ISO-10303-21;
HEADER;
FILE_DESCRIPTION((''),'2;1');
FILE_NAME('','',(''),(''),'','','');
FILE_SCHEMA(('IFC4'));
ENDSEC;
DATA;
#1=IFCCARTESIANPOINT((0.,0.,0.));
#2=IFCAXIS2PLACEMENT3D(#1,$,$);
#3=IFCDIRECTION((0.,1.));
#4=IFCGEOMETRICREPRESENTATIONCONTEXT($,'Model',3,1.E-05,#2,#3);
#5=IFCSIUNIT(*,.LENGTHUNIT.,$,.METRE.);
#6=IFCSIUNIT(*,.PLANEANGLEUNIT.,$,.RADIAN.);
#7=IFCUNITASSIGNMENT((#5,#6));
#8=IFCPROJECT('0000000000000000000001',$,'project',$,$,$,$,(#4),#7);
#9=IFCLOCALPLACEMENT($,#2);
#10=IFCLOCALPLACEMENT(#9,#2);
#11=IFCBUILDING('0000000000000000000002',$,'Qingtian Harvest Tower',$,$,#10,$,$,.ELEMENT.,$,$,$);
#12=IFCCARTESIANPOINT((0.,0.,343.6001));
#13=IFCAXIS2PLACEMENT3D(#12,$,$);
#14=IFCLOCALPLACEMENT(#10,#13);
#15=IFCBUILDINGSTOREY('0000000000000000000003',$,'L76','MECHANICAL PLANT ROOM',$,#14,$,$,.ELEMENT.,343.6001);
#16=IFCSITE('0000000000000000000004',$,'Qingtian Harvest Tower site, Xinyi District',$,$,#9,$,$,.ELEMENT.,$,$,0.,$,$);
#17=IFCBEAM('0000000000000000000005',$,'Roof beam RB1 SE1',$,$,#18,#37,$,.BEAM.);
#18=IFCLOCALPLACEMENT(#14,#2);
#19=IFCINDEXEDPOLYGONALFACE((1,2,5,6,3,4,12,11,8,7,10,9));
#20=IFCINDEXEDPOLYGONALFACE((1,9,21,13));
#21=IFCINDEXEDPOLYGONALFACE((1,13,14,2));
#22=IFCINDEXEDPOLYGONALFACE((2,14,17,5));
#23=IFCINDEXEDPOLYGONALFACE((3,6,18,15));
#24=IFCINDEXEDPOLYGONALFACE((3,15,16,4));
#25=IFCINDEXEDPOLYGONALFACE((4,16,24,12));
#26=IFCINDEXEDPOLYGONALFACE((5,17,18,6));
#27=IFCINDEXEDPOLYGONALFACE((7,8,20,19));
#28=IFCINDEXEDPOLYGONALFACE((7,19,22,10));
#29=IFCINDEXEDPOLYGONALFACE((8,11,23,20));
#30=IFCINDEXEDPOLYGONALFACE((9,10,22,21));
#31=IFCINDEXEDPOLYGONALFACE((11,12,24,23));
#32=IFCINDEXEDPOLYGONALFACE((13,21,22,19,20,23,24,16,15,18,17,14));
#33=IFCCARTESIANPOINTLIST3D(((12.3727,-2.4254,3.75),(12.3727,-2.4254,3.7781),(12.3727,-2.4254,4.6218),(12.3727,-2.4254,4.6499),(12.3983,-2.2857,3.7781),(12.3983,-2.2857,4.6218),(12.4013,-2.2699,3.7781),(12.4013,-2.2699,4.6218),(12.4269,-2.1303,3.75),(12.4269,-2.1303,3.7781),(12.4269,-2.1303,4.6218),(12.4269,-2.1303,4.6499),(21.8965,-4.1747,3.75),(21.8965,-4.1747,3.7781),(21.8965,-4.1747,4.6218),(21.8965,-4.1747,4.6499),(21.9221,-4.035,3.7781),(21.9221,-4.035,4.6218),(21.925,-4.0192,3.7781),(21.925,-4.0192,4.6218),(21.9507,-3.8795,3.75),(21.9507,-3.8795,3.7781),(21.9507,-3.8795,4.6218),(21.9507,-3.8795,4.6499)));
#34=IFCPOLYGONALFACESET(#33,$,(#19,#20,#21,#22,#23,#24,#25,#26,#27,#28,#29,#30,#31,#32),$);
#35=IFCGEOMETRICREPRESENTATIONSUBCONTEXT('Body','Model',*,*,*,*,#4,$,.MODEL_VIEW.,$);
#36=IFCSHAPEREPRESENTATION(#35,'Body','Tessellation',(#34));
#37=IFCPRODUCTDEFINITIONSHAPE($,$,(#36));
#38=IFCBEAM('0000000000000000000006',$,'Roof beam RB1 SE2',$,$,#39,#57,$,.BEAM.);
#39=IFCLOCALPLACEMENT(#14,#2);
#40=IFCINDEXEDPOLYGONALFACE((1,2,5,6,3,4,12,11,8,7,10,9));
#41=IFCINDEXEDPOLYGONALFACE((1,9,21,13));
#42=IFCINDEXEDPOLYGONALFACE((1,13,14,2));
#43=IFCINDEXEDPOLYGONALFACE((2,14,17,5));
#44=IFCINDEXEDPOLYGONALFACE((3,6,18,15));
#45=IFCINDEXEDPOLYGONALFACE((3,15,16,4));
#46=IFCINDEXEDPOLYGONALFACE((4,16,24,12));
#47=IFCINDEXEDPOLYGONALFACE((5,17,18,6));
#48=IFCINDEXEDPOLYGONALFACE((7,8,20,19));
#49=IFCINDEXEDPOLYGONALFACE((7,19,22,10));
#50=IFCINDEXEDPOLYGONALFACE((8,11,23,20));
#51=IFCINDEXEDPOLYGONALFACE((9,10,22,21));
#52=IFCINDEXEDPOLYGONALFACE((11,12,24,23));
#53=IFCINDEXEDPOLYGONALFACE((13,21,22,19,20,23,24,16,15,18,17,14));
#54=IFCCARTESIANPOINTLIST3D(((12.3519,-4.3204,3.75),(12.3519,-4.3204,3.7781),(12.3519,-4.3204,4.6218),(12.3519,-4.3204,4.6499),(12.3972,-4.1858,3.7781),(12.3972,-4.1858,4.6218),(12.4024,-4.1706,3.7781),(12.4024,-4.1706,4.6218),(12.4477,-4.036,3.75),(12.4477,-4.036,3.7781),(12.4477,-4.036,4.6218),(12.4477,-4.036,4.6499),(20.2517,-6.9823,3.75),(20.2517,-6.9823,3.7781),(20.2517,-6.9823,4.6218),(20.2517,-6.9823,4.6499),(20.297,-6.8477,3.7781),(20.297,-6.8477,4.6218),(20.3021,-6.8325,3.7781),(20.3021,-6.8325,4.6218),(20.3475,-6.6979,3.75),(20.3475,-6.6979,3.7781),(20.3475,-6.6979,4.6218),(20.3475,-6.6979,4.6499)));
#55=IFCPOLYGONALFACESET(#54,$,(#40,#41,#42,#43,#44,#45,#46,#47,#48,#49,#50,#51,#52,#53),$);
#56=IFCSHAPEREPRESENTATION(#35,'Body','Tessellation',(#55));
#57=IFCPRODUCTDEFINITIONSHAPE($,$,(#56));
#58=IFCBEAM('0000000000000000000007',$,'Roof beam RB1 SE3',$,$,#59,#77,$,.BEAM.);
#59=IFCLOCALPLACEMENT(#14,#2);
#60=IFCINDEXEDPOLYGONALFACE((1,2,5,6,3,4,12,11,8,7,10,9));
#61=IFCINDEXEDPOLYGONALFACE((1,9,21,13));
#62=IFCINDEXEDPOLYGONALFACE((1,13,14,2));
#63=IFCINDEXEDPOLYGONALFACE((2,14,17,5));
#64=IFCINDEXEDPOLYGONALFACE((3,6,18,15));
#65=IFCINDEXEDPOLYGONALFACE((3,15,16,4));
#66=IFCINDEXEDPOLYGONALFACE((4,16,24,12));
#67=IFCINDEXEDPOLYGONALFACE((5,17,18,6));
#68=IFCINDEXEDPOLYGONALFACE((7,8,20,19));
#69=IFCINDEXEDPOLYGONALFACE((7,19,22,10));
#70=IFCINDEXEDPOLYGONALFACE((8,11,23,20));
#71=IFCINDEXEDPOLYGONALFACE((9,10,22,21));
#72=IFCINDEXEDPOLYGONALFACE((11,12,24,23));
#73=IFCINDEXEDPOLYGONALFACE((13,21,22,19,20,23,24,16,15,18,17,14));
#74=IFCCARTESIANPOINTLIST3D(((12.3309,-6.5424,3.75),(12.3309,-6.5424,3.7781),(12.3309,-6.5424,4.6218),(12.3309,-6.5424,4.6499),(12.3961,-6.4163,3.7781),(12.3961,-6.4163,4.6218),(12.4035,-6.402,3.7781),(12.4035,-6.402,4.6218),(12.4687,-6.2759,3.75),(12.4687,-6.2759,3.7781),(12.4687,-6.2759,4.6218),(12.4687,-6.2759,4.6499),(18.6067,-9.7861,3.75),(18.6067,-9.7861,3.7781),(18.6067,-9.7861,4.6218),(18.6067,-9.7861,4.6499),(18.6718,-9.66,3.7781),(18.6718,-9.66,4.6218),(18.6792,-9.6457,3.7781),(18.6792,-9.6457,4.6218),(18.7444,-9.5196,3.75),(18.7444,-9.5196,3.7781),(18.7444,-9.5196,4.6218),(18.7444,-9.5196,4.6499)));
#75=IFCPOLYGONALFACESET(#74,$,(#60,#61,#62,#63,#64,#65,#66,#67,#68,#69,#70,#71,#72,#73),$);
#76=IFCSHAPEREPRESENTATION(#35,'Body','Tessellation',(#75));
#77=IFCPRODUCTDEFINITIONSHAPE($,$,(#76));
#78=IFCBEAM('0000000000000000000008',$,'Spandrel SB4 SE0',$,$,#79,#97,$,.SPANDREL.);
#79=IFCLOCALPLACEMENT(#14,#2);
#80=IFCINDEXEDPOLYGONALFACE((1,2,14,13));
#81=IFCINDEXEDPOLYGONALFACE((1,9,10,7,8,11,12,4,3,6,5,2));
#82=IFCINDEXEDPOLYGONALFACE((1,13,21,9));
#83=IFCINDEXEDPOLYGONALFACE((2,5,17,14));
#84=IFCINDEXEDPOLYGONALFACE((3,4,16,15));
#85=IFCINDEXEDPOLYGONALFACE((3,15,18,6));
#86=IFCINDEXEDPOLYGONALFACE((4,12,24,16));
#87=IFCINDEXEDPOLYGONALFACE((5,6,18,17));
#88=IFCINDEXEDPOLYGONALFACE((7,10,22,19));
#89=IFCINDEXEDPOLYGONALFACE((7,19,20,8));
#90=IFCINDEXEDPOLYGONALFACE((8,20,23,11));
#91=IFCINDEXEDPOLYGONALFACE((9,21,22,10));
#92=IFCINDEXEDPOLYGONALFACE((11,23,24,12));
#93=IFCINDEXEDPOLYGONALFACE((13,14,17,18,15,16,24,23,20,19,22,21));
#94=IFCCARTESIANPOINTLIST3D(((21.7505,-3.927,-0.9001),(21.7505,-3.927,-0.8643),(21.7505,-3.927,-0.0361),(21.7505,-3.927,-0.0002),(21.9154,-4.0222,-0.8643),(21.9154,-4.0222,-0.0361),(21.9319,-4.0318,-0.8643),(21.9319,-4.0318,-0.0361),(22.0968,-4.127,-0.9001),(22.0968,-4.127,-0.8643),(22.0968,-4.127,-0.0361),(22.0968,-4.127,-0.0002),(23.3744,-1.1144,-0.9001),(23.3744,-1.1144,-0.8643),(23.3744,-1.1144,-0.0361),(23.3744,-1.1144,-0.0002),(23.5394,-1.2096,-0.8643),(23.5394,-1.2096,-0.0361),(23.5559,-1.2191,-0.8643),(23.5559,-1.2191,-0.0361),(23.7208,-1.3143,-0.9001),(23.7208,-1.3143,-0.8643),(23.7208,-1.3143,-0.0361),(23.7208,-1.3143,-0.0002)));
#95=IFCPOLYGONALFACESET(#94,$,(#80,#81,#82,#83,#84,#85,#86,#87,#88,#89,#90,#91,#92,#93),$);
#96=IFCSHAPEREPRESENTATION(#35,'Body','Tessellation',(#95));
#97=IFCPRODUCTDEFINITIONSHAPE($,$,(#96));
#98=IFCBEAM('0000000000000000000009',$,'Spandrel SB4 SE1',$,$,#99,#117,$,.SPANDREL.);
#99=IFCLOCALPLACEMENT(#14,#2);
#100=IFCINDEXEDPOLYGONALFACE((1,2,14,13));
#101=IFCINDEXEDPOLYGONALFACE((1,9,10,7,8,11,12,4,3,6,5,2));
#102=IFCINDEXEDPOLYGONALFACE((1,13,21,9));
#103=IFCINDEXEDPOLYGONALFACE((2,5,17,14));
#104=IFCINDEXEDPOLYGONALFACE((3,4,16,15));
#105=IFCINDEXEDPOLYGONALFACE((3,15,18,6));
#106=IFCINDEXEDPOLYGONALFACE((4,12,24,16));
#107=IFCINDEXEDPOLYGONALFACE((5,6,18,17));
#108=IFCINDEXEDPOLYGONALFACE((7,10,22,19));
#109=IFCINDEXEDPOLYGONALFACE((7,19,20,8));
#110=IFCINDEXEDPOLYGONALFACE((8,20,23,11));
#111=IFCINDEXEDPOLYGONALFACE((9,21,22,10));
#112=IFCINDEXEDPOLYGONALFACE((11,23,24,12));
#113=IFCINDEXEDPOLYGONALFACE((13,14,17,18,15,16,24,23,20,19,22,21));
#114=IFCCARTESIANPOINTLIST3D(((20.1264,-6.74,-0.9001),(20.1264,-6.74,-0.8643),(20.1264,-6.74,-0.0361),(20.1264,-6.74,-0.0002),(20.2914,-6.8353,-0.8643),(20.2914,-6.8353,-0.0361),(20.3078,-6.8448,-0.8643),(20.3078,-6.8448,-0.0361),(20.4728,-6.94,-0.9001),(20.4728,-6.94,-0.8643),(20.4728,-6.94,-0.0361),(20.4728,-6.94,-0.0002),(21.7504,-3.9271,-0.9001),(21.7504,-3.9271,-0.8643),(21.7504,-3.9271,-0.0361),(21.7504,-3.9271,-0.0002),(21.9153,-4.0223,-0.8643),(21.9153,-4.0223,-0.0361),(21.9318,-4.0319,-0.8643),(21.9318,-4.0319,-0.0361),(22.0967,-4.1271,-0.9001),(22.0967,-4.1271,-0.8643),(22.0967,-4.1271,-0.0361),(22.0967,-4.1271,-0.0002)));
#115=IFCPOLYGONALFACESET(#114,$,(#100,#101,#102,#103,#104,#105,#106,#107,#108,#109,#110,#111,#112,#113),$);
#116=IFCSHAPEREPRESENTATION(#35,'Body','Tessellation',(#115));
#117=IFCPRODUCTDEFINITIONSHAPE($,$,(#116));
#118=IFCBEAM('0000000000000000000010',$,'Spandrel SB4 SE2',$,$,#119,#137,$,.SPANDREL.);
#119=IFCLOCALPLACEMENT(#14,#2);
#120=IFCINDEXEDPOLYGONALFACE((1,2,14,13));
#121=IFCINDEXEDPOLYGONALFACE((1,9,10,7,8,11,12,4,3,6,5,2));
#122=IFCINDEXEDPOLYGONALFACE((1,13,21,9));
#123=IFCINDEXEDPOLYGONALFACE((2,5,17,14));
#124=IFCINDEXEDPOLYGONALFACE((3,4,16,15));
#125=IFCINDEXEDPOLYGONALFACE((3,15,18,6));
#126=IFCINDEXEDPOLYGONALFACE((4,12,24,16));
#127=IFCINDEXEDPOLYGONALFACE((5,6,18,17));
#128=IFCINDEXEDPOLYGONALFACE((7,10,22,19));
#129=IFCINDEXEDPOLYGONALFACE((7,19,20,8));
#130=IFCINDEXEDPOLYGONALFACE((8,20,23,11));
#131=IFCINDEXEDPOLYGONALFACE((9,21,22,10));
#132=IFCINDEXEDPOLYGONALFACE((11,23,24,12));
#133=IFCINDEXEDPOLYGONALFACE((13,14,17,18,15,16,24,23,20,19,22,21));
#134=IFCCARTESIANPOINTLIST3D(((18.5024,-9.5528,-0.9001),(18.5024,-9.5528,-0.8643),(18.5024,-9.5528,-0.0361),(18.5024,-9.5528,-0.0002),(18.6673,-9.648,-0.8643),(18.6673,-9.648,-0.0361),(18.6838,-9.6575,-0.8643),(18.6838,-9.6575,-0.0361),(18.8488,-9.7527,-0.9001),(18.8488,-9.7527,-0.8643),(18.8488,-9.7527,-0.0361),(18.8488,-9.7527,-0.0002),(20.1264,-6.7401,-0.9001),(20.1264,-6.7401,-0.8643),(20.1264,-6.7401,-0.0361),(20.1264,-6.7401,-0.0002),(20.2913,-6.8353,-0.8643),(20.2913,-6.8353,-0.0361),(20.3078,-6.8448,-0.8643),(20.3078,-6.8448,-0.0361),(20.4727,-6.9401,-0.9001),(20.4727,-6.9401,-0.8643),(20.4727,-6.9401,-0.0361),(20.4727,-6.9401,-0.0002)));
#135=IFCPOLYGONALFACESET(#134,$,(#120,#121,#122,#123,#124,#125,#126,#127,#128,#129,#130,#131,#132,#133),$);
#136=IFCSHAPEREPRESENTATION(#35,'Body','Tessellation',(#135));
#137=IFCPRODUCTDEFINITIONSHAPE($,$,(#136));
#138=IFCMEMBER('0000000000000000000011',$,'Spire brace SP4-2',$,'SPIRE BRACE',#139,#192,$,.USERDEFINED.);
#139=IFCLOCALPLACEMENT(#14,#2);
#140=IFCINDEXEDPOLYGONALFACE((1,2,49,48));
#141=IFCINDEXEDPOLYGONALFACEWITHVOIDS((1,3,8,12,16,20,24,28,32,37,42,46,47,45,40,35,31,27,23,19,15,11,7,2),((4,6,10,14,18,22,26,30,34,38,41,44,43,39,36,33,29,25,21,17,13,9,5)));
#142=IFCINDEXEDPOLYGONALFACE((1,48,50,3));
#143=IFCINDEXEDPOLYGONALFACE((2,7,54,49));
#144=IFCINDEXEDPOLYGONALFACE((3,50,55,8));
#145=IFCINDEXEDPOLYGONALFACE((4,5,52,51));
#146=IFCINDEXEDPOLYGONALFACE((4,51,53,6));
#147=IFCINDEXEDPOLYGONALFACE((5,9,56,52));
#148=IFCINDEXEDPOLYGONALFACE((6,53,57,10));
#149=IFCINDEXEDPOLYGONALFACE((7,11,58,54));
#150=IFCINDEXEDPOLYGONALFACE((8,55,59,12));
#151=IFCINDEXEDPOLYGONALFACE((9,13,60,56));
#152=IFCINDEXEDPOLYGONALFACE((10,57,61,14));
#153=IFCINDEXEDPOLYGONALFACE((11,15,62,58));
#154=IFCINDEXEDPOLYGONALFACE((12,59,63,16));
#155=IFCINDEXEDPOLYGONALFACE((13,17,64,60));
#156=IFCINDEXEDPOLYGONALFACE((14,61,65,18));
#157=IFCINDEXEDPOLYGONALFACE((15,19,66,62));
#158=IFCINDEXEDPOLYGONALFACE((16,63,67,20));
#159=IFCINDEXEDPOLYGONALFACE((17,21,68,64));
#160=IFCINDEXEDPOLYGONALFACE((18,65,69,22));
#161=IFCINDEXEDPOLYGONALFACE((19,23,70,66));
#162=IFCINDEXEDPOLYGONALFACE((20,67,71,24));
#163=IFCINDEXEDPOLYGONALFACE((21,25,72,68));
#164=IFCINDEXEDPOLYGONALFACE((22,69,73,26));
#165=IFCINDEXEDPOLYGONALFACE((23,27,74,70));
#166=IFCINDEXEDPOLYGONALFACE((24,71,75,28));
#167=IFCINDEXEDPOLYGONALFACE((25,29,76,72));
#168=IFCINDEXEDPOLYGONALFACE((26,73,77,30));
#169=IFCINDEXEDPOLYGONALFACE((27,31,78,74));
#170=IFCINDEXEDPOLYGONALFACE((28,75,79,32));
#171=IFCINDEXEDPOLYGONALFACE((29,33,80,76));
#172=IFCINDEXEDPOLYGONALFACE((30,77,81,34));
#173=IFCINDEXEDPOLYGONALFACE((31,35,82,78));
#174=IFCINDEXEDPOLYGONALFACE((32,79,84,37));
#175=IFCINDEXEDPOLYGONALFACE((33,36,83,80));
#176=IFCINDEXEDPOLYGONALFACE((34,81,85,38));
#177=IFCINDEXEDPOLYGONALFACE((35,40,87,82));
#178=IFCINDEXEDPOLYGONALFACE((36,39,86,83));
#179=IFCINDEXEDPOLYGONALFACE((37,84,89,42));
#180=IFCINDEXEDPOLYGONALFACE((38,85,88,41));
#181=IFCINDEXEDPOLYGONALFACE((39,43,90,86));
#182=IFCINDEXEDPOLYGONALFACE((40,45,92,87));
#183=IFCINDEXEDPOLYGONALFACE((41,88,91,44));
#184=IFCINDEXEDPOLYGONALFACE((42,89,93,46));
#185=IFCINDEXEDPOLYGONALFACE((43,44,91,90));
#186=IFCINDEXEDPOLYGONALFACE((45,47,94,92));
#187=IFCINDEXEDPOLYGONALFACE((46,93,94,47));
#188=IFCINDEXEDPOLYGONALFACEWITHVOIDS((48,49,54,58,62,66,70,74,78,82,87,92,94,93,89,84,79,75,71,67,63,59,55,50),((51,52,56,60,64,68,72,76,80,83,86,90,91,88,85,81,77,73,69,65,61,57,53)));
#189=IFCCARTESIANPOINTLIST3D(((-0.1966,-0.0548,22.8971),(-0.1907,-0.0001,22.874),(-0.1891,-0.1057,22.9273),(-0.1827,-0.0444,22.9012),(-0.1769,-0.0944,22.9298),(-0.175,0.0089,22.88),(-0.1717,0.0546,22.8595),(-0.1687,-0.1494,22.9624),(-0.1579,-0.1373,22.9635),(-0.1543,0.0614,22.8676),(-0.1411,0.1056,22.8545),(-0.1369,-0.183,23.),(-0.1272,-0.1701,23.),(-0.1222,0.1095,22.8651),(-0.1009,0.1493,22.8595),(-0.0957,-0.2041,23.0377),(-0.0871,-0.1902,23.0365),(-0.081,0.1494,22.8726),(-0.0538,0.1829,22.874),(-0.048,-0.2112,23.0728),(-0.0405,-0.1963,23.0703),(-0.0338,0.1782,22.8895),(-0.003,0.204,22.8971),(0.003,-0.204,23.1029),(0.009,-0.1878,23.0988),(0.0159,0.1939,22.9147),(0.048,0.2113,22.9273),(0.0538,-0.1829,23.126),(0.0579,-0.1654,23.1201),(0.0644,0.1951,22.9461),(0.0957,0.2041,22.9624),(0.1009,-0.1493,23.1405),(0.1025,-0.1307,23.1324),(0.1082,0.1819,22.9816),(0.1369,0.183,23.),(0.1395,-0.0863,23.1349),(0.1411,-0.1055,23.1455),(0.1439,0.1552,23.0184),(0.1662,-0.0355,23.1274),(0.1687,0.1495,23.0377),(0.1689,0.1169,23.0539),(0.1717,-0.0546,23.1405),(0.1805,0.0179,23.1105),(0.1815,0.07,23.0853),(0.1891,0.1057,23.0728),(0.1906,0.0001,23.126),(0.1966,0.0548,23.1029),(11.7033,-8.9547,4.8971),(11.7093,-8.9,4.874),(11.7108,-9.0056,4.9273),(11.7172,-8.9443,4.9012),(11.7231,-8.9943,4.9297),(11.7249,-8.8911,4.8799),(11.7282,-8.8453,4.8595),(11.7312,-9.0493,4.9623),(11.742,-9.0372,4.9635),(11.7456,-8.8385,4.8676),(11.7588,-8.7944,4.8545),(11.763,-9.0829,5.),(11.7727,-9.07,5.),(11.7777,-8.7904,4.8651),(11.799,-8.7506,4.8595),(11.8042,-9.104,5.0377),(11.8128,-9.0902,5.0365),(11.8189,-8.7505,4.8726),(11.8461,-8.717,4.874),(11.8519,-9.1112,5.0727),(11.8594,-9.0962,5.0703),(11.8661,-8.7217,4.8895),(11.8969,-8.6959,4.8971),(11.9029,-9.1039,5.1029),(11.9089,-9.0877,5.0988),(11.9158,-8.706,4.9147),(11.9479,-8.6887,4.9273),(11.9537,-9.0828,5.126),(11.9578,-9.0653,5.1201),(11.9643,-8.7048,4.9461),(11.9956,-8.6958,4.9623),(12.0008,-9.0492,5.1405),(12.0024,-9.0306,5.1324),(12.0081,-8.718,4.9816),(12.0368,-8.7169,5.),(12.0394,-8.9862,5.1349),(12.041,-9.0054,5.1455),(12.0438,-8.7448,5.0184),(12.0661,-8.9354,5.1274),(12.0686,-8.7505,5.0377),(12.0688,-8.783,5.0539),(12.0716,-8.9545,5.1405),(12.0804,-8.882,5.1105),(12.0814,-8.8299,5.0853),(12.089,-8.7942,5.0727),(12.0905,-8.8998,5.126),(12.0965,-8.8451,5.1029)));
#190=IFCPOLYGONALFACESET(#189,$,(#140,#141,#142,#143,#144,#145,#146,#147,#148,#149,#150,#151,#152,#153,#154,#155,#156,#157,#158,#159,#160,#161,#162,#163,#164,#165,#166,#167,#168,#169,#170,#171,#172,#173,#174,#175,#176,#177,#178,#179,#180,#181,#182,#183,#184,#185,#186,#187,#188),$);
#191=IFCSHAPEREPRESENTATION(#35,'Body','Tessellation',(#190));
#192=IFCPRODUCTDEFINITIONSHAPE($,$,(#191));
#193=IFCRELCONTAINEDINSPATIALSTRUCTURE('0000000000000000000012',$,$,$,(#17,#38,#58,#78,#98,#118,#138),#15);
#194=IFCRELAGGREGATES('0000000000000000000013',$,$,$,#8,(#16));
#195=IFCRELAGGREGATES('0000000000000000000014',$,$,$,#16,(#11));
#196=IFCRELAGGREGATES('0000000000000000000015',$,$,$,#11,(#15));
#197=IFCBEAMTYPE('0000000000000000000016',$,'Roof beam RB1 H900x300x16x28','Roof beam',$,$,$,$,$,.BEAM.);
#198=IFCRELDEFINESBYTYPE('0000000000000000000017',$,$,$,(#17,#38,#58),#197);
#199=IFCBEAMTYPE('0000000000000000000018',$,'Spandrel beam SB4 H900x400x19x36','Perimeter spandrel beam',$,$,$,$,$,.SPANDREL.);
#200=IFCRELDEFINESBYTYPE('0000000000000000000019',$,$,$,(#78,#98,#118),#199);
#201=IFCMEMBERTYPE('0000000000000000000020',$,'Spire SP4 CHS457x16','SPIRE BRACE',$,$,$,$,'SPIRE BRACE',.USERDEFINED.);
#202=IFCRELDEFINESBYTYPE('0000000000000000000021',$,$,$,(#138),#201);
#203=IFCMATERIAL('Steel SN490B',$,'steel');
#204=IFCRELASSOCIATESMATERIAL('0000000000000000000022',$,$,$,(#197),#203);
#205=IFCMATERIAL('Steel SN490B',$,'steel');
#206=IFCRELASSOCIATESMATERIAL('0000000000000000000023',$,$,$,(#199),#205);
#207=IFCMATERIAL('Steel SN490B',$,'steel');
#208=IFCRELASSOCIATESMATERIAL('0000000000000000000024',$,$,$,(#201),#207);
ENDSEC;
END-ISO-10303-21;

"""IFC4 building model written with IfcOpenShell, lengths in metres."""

from ifc_helpers import new_model, si_unit, direction, frame, origin, origin_2d, place, context, subcontext, project, spatial, hollow_circle, i_section, extrude, material, material_profile, profile_set, type_object, element, save


model = new_model("IFC4")

# Units and contexts
model_context = context("Model", 3, precision=1e-05, world=origin(), true_north=direction((0.0, 1.0)))
body_context = subcontext(model_context, "Body", "Model", "MODEL_VIEW")
ifc_project = project(units=[si_unit("LENGTHUNIT", "METRE"), si_unit("PLANEANGLEUNIT", "RADIAN")], contexts=[model_context])

# Site, building, storey
site_placement = place(None, origin())
site = spatial("IfcSite", under=ifc_project, at=site_placement, Name="Qingtian Harvest Tower site, Xinyi District", CompositionType="ELEMENT", RefElevation=0.0)
building_placement = place(site_placement, origin())
building = spatial("IfcBuilding", under=site, at=building_placement, Name="Qingtian Harvest Tower", CompositionType="ELEMENT")
storey_placement = place(building_placement, frame((0.0, 0.0, 343.6001)))
storey = spatial("IfcBuildingStorey", under=building, at=storey_placement, Name="L76", Description="MECHANICAL PLANT ROOM", CompositionType="ELEMENT", Elevation=343.6001)

# Beams
ifc_material_1 = material(Name="Steel SN490B", Category="steel")
ifc_material_profile_1 = material_profile(ifc_material_1, i_section(OverallWidth=0.3, OverallDepth=0.8999, WebThickness=0.0161, FlangeThickness=0.0281, at=origin_2d()), Name="H900x300x16x28")
ifc_profile_set_1 = profile_set([ifc_material_profile_1], Name="Steel SN490B")
beam_type_1 = type_object("IfcBeamType", Name="Roof beam RB1 H900x300x16x28", Description="Roof beam", PredefinedType="BEAM", material=ifc_profile_set_1)
beam_1_placement = place(storey_placement, frame((21.9236, -4.0271, 4.2), z_axis=(-0.983547, 0.180654, 0.0), x_axis=(-0.180654, -0.983547, 0.0)))
element("IfcBeam", 1, at=beam_1_placement, inside=storey, type_object=beam_type_1, Name="Roof beam RB1 SE1", PredefinedType="BEAM", context=body_context, shape_type="SweptSolid", body=[
    extrude(i_section(OverallWidth=0.3, OverallDepth=0.8999, WebThickness=0.0161, FlangeThickness=0.0281, at=origin_2d()), origin(), (0.0, 0.0, 1.0), 9.6831),
])
beam_2_placement = place(storey_placement, frame((20.2996, -6.8401, 4.2), z_axis=(-0.947647, 0.319319, 0.0), x_axis=(-0.319319, -0.947647, 0.0)))
element("IfcBeam", 2, at=beam_2_placement, inside=storey, type_object=beam_type_1, Name="Roof beam RB1 SE2", PredefinedType="BEAM", context=body_context, shape_type="SweptSolid", body=[
    extrude(i_section(OverallWidth=0.3, OverallDepth=0.8999, WebThickness=0.0161, FlangeThickness=0.0281, at=origin_2d()), origin(), (0.0, 0.0, 1.0), 8.3362),
])
beam_3_placement = place(storey_placement, frame((18.6755, -9.6528, 4.2), z_axis=(-0.888354, 0.459159, 0.0), x_axis=(-0.459159, -0.888354, 0.0)))
element("IfcBeam", 3, at=beam_3_placement, inside=storey, type_object=beam_type_1, Name="Roof beam RB1 SE3", PredefinedType="BEAM", context=body_context, shape_type="SweptSolid", body=[
    extrude(i_section(OverallWidth=0.3, OverallDepth=0.8999, WebThickness=0.0161, FlangeThickness=0.0281, at=origin_2d()), origin(), (0.0, 0.0, 1.0), 7.0645),
])
ifc_material_2 = material(Name="Steel SN490B", Category="steel")
ifc_material_profile_2 = material_profile(ifc_material_2, i_section(OverallWidth=0.3999, OverallDepth=0.8999, WebThickness=0.019, FlangeThickness=0.0359, at=origin_2d()), Name="H900x400x19x36")
ifc_profile_set_2 = profile_set([ifc_material_profile_2], Name="Steel SN490B")
beam_type_2 = type_object("IfcBeamType", Name="Spandrel beam SB4 H900x400x19x36", Description="Perimeter spandrel beam", PredefinedType="SPANDREL", material=ifc_profile_set_2)
beam_4_placement = place(storey_placement, frame((23.5476, -1.2144, -0.4502), z_axis=(-0.50002, -0.866014, 0.0), x_axis=(0.866014, -0.50002, 0.0)))
element("IfcBeam", 4, at=beam_4_placement, inside=storey, type_object=beam_type_2, Name="Spandrel SB4 SE0", PredefinedType="SPANDREL", context=body_context, shape_type="SweptSolid", body=[
    extrude(i_section(OverallWidth=0.3999, OverallDepth=0.8999, WebThickness=0.019, FlangeThickness=0.0359, at=origin_2d()), origin(), (0.0, 0.0, 1.0), 3.2478),
])
beam_5_placement = place(storey_placement, frame((21.9236, -4.0271, -0.4502), z_axis=(-0.499987, -0.866033, 0.0), x_axis=(0.866033, -0.499987, 0.0)))
element("IfcBeam", 5, at=beam_5_placement, inside=storey, type_object=beam_type_2, Name="Spandrel SB4 SE1", PredefinedType="SPANDREL", context=body_context, shape_type="SweptSolid", body=[
    extrude(i_section(OverallWidth=0.3999, OverallDepth=0.8999, WebThickness=0.019, FlangeThickness=0.0359, at=origin_2d()), origin(), (0.0, 0.0, 1.0), 3.248),
])
beam_6_placement = place(storey_placement, frame((20.2996, -6.8401, -0.4502), z_axis=(-0.50002, -0.866014, 0.0), x_axis=(0.866014, -0.50002, 0.0)))
element("IfcBeam", 6, at=beam_6_placement, inside=storey, type_object=beam_type_2, Name="Spandrel SB4 SE2", PredefinedType="SPANDREL", context=body_context, shape_type="SweptSolid", body=[
    extrude(i_section(OverallWidth=0.3999, OverallDepth=0.8999, WebThickness=0.019, FlangeThickness=0.0359, at=origin_2d()), origin(), (0.0, 0.0, 1.0), 3.2478),
])

# Member
ifc_material_3 = material(Name="Steel SN490B", Category="steel")
ifc_material_profile_3 = material_profile(ifc_material_3, hollow_circle(Radius=0.2285, WallThickness=0.0161, at=origin_2d()), Name="CHS457x16")
ifc_profile_set_3 = profile_set([ifc_material_profile_3], Name="Steel SN490B")
member_type = type_object("IfcMemberType", Name="Spire SP4 CHS457x16", Description="SPIRE BRACE", ElementType="SPIRE BRACE", PredefinedType="USERDEFINED", material=ifc_profile_set_3)
member_placement = place(storey_placement, frame((11.8999, -8.8999, 5.0), z_axis=(-0.509822, 0.381294, 0.771166), x_axis=(-0.598922, -0.800808, 0.0)))
element("IfcMember", 7, at=member_placement, inside=storey, type_object=member_type, Name="Spire brace SP4-2", ObjectType="SPIRE BRACE", PredefinedType="USERDEFINED", context=body_context, shape_type="SweptSolid", body=[
    extrude(hollow_circle(Radius=0.2285, WallThickness=0.0161, at=origin_2d()), origin(), (0.0, 0.0, 1.0), 23.3413),
])

save(model, "model.ifc")
